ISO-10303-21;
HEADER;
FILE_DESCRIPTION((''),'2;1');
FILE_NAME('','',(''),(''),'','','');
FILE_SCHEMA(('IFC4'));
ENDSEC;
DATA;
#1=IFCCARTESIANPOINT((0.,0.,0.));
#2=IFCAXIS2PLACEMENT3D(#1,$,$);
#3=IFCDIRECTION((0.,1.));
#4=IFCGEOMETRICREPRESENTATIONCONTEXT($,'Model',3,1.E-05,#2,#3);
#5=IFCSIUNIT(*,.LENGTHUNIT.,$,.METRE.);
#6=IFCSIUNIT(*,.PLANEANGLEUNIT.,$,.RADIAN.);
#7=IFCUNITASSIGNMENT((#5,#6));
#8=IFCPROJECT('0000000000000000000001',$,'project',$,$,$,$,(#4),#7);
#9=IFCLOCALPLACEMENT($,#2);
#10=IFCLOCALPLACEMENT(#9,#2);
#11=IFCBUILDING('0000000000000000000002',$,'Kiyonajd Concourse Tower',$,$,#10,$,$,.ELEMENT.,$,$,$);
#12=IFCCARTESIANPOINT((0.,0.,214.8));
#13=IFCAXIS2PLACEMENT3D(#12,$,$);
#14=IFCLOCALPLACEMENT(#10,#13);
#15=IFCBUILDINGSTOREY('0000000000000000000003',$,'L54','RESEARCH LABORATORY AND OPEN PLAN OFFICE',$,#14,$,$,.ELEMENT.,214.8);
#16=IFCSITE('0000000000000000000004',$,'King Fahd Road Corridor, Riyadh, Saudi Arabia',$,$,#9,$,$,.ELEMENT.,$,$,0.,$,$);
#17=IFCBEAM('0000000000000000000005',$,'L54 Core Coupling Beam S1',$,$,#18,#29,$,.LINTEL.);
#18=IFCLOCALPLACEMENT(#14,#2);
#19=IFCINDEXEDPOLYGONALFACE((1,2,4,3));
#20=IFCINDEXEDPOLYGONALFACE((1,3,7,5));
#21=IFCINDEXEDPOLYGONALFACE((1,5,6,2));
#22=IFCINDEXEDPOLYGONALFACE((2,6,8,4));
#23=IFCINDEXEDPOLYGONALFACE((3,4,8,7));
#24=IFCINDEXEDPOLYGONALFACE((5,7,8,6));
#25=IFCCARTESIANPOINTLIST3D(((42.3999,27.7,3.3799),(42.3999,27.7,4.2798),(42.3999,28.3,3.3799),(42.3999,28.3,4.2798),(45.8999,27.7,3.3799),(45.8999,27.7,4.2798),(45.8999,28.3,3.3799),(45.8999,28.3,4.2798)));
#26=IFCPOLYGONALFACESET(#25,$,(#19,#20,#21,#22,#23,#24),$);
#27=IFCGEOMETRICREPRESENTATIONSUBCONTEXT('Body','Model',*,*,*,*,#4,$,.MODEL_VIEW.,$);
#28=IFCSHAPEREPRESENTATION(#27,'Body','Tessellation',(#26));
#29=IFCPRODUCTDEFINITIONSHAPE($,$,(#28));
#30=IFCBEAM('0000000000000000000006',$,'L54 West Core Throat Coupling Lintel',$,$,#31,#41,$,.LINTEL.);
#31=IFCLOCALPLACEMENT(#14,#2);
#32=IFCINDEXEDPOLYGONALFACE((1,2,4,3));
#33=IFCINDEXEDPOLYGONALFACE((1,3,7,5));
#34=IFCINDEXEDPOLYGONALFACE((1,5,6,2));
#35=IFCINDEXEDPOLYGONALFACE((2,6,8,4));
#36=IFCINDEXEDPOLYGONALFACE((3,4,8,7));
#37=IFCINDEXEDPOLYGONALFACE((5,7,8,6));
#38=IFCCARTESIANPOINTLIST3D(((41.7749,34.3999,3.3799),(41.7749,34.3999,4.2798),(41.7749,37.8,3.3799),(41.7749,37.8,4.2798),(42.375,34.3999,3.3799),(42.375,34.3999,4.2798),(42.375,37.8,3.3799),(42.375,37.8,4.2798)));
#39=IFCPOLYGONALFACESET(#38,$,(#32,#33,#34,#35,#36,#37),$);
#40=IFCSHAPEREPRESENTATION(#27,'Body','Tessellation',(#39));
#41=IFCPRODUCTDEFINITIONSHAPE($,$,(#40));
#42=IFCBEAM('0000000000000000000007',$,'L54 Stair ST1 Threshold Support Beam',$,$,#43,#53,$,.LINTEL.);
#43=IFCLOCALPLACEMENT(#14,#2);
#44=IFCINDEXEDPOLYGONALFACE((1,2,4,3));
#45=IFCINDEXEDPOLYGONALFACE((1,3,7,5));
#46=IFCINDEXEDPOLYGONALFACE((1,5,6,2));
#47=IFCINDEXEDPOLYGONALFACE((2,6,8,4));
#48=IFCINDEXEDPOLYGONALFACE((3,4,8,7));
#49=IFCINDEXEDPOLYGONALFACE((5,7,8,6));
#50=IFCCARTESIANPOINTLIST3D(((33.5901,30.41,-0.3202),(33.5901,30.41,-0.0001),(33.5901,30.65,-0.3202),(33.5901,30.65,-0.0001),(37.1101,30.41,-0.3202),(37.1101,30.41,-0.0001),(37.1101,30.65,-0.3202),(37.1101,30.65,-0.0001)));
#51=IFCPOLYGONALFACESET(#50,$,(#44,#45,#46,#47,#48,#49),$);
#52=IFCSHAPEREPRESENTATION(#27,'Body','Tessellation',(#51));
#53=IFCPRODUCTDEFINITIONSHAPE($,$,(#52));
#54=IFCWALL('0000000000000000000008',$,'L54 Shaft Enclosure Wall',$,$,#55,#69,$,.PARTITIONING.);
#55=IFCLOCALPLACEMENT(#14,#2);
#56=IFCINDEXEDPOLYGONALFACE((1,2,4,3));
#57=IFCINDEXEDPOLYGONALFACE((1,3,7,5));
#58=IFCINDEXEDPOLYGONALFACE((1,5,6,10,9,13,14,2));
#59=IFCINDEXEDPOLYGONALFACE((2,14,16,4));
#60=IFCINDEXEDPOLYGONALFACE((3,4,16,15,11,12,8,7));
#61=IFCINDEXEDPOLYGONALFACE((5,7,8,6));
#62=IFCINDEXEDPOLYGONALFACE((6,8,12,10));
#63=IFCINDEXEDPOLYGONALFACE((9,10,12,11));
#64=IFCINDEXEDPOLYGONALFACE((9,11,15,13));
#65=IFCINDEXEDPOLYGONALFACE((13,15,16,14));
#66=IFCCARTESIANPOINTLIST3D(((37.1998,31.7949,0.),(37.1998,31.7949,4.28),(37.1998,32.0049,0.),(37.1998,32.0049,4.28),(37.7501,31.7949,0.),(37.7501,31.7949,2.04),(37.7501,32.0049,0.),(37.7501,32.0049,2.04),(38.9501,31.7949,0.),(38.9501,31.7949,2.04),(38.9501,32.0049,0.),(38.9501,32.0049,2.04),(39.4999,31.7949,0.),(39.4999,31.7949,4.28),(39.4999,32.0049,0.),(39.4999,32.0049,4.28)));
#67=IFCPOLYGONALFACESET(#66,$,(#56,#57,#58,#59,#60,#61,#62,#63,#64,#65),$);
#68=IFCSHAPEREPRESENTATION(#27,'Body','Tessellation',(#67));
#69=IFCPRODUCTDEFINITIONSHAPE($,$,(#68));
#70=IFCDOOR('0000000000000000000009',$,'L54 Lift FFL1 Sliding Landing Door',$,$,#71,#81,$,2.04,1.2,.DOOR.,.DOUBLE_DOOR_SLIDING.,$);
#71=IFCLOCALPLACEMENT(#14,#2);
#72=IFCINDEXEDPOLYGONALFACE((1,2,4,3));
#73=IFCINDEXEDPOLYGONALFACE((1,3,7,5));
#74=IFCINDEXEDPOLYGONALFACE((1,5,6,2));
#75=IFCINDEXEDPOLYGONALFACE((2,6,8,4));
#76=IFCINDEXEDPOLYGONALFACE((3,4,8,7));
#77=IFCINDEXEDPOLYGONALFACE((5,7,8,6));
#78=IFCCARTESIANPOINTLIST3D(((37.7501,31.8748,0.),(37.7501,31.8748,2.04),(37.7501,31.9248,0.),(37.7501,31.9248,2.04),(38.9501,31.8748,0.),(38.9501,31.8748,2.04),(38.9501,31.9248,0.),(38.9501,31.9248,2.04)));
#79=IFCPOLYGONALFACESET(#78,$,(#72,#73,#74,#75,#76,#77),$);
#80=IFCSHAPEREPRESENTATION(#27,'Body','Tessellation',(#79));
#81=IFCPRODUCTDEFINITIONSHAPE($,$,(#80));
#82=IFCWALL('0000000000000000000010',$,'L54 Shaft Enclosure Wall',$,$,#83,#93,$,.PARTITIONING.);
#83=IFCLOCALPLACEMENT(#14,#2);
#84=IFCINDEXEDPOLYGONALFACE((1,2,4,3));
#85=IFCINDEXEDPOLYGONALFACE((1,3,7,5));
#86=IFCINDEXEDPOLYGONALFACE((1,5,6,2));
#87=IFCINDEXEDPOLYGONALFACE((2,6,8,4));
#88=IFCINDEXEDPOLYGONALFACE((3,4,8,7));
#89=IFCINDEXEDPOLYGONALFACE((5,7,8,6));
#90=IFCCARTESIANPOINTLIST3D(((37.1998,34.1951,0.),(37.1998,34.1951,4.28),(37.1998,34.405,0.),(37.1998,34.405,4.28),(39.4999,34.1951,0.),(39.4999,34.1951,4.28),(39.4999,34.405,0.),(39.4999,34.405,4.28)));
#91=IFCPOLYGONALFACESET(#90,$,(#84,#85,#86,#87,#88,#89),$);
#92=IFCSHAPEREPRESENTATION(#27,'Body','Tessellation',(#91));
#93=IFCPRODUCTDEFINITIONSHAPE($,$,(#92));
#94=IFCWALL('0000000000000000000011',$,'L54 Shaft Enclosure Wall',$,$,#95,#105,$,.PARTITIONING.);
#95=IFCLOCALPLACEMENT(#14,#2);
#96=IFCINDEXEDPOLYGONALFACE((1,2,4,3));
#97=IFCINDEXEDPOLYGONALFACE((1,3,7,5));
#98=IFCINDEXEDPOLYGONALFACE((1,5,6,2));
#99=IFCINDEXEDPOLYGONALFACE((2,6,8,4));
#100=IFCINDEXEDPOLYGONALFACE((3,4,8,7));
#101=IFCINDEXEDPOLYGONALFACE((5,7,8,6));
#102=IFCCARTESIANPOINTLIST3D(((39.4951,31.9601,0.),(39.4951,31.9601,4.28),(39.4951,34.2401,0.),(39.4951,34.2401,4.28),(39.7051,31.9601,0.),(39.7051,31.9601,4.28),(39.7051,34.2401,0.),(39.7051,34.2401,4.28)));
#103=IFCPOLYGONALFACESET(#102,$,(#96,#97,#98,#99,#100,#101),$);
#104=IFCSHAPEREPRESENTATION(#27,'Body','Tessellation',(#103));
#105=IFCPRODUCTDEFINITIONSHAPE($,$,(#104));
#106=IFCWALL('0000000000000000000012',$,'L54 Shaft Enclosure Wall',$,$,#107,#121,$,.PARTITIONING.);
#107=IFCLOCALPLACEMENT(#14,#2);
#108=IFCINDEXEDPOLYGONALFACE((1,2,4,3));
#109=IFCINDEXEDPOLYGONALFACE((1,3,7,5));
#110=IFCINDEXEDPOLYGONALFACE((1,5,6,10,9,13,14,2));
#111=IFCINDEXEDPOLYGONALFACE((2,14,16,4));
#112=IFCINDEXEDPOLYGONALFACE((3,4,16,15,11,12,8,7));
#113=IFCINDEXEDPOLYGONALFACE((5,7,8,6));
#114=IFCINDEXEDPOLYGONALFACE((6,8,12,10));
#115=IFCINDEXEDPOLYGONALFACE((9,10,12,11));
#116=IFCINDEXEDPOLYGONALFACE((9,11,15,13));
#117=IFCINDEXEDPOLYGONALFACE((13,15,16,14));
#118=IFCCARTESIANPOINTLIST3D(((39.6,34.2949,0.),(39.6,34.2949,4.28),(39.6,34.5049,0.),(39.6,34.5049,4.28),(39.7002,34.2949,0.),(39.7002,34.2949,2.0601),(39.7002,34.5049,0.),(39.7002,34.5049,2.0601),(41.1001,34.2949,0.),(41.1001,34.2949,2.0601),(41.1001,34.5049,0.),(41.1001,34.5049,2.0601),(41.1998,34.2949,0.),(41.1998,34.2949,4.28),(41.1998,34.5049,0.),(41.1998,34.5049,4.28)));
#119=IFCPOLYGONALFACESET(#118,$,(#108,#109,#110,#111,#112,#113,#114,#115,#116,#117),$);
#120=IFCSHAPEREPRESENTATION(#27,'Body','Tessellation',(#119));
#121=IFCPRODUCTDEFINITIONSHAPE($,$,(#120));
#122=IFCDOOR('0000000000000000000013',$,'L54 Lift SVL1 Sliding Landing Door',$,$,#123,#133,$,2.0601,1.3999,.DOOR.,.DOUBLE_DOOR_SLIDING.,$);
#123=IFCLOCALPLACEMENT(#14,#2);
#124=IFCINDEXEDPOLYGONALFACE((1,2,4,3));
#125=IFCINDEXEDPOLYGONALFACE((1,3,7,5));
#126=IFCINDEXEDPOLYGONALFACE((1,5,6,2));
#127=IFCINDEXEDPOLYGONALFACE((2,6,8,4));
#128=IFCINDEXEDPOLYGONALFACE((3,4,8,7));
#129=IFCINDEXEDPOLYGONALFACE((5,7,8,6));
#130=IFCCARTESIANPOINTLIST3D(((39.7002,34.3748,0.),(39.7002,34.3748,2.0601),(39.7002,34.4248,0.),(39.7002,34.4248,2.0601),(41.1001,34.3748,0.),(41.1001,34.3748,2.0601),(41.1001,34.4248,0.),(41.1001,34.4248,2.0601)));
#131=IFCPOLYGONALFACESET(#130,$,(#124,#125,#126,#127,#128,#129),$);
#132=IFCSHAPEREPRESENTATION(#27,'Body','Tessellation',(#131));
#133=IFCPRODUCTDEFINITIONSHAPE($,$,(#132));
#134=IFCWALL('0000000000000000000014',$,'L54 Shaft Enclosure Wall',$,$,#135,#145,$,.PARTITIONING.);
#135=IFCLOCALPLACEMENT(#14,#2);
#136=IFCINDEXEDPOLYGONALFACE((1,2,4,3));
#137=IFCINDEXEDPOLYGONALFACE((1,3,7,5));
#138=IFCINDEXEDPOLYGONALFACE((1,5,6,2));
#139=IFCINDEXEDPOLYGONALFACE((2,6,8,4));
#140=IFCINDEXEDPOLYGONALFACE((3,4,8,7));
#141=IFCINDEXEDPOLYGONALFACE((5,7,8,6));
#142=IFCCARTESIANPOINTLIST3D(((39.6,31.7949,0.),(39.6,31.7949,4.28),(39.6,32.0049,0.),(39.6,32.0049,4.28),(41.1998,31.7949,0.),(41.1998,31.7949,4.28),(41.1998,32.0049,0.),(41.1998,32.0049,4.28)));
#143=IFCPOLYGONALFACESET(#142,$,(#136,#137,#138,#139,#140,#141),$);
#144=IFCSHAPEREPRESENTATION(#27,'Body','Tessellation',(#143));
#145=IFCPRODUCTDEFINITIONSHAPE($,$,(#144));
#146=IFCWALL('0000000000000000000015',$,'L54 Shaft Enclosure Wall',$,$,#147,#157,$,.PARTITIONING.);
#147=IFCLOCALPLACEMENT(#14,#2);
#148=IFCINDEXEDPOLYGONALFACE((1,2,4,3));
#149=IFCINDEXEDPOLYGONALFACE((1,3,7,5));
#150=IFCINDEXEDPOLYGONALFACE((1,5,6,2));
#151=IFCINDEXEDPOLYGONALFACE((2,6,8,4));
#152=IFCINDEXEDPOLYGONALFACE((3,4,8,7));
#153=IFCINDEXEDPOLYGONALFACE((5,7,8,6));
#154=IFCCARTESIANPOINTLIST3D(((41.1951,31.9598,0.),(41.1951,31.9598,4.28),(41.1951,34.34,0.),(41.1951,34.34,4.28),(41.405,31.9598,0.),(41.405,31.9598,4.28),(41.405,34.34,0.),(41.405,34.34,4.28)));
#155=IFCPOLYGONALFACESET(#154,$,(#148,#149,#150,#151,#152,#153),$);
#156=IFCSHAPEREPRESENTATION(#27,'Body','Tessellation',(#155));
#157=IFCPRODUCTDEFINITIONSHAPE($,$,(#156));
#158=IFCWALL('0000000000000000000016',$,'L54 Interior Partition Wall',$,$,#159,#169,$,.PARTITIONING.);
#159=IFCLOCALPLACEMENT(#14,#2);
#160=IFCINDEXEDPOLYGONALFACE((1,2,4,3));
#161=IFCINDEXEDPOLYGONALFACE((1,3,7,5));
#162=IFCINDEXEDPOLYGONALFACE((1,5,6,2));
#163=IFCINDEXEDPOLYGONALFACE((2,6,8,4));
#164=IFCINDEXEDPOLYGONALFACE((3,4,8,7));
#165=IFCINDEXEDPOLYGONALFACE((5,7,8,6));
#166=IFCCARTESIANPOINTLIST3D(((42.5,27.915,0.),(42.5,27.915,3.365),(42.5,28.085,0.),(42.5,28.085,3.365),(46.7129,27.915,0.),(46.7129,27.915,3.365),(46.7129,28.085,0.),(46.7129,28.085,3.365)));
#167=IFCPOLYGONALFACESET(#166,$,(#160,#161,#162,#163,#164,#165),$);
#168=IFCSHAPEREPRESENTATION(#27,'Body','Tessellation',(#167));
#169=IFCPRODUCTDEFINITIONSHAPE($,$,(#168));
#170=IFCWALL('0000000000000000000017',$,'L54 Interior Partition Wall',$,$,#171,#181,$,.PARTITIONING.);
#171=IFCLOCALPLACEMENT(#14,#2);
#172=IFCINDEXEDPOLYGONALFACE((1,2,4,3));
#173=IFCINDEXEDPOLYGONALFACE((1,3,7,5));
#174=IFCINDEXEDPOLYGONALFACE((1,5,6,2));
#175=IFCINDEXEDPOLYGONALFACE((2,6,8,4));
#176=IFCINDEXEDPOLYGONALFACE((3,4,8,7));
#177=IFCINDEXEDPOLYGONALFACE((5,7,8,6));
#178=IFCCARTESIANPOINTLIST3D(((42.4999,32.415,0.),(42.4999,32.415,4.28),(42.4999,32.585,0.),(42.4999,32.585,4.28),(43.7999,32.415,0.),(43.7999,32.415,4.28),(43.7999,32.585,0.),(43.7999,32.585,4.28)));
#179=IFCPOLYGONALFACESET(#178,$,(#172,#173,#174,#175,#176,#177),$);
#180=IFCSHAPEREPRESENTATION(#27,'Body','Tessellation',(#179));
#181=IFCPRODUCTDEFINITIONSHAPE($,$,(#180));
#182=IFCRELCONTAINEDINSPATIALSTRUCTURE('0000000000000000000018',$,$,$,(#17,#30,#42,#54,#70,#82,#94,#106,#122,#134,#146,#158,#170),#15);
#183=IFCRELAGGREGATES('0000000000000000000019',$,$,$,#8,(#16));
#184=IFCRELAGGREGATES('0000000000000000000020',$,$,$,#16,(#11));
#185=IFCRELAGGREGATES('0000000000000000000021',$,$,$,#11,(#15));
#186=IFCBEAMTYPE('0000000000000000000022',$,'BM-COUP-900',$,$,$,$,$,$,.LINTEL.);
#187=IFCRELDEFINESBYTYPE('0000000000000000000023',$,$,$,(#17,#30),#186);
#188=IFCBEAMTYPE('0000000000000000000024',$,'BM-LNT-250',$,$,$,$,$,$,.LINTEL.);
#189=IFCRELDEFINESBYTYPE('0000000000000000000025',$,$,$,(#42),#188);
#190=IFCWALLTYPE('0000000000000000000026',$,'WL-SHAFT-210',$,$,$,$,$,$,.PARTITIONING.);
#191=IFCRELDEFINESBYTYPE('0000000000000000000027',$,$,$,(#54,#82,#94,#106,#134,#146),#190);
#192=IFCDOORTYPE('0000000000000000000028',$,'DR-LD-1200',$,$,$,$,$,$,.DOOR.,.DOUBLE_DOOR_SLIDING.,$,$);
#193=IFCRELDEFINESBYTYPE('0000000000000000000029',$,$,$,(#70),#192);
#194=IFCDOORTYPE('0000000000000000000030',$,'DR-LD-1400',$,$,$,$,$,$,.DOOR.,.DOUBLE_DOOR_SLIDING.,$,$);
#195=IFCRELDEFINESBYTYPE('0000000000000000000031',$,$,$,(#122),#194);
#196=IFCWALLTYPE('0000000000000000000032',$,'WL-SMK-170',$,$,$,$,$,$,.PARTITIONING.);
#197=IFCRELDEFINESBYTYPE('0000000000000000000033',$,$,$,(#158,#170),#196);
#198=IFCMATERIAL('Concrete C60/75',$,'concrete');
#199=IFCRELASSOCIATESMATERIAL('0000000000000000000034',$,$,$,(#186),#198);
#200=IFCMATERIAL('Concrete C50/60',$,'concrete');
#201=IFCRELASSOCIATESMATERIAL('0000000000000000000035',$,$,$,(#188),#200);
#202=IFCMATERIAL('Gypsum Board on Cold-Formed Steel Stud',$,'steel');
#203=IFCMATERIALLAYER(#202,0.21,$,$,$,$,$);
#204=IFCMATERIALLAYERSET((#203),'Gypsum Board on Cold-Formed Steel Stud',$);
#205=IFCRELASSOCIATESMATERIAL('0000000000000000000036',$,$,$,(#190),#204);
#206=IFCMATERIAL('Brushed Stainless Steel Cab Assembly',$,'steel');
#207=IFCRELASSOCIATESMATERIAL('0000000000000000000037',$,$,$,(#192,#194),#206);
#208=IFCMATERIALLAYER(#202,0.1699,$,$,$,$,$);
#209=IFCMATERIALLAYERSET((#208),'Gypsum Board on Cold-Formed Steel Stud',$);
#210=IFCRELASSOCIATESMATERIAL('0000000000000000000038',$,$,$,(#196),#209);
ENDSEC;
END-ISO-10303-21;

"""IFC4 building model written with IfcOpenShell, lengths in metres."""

from ifc_helpers import new_model, si_unit, direction, frame, frame_2d, origin, origin_2d, place, context, subcontext, project, spatial, rectangle, extrude, material, layer, layer_set, material_profile, profile_set, type_object, element, fill, save


model = new_model("IFC4")

# Units and contexts
model_context = context("Model", 3, precision=1e-05, world=origin(), true_north=direction((0.0, 1.0)))
body_context = subcontext(model_context, "Body", "Model", "MODEL_VIEW")
ifc_project = project(units=[si_unit("LENGTHUNIT", "METRE"), si_unit("PLANEANGLEUNIT", "RADIAN")], contexts=[model_context])

# Site, building, storey
site_placement = place(None, origin())
site = spatial("IfcSite", under=ifc_project, at=site_placement, Name="King Fahd Road Corridor, Riyadh, Saudi Arabia", CompositionType="ELEMENT", RefElevation=0.0)
building_placement = place(site_placement, origin())
building = spatial("IfcBuilding", under=site, at=building_placement, Name="Kiyonajd Concourse Tower", CompositionType="ELEMENT")
storey_placement = place(building_placement, frame((0.0, 0.0, 214.8)))
storey = spatial("IfcBuildingStorey", under=building, at=storey_placement, Name="L54", Description="RESEARCH LABORATORY AND OPEN PLAN OFFICE", CompositionType="ELEMENT", Elevation=214.8)

# Beams
ifc_material_1 = material(Name="Concrete C60/75", Category="concrete")
ifc_material_profile_1 = material_profile(ifc_material_1, rectangle(XDim=0.6001, YDim=0.8999, at=origin_2d()), Name="RCBM-600x900")
ifc_profile_set_1 = profile_set([ifc_material_profile_1], Name="Concrete C60/75")
beam_type_1 = type_object("IfcBeamType", Name="BM-COUP-900", PredefinedType="LINTEL", material=ifc_profile_set_1)
beam_1_placement = place(storey_placement, frame((42.3999, 28.0, 3.8298), z_axis=(1.0, 0.0, 0.0), x_axis=(0.0, 1.0, 0.0)))
element("IfcBeam", 1, at=beam_1_placement, inside=storey, type_object=beam_type_1, Name="L54 Core Coupling Beam S1", PredefinedType="LINTEL", context=body_context, shape_type="SweptSolid", body=[
    extrude(rectangle(XDim=0.6001, YDim=0.8999, at=origin_2d()), origin(), (0.0, 0.0, 1.0), 3.5),
])
beam_2_placement = place(storey_placement, frame((42.075, 34.3999, 3.8298), z_axis=(0.0, 1.0, 0.0), x_axis=(-1.0, 0.0, 0.0)))
element("IfcBeam", 2, at=beam_2_placement, inside=storey, type_object=beam_type_1, Name="L54 West Core Throat Coupling Lintel", PredefinedType="LINTEL", context=body_context, shape_type="SweptSolid", body=[
    extrude(rectangle(XDim=0.6001, YDim=0.8999, at=origin_2d()), origin(), (0.0, 0.0, 1.0), 3.4001),
])
ifc_material_2 = material(Name="Concrete C50/60", Category="concrete")
ifc_material_profile_2 = material_profile(ifc_material_2, rectangle(XDim=0.24, YDim=0.3201, at=origin_2d()), Name="RCBM-240x320")
ifc_profile_set_2 = profile_set([ifc_material_profile_2], Name="Concrete C50/60")
beam_type_2 = type_object("IfcBeamType", Name="BM-LNT-250", PredefinedType="LINTEL", material=ifc_profile_set_2)
beam_3_placement = place(storey_placement, frame((33.5901, 30.53, -0.1602), z_axis=(1.0, 0.0, 0.0), x_axis=(0.0, 1.0, 0.0)))
element("IfcBeam", 3, at=beam_3_placement, inside=storey, type_object=beam_type_2, Name="L54 Stair ST1 Threshold Support Beam", PredefinedType="LINTEL", context=body_context, shape_type="SweptSolid", body=[
    extrude(rectangle(XDim=0.24, YDim=0.3201, at=origin_2d()), origin(), (0.0, 0.0, 1.0), 3.52),
])

# Wall, opening, door
ifc_material_3 = material(Name="Gypsum Board on Cold-Formed Steel Stud", Category="steel")
ifc_layer_1 = layer(ifc_material_3, 0.21)
ifc_layer_set_1 = layer_set([ifc_layer_1], Name="Gypsum Board on Cold-Formed Steel Stud")
wall_type_1 = type_object("IfcWallType", Name="WL-SHAFT-210", PredefinedType="PARTITIONING", material=ifc_layer_set_1)
wall_1_placement = place(storey_placement, frame((37.2, 31.8999, 0.0), z_axis=(0.0, 0.0, 1.0), x_axis=(1.0, 0.0, 0.0)))
wall_1 = element("IfcWall", 4, at=wall_1_placement, inside=storey, type_object=wall_type_1, Name="L54 Shaft Enclosure Wall", PredefinedType="PARTITIONING", context=body_context, shape_type="SweptSolid", body=[
    extrude(rectangle(XDim=2.3, YDim=0.21, at=frame_2d((1.1499, 0.0))), origin(), (0.0, 0.0, 1.0), 4.28),
])
opening_1_placement = place(wall_1_placement, frame((0.55, 0.0, 0.0)))
opening_1 = element("IfcOpeningElement", 5, at=opening_1_placement, cuts=wall_1, PredefinedType="OPENING", context=body_context, shape_type="SweptSolid", body=[
    extrude(rectangle(XDim=1.2, YDim=2.04, at=frame_2d((0.6001, 1.02))), frame((0.0, 0.115, 0.0), z_axis=(0.0, -1.0, 0.0), x_axis=(1.0, 0.0, 0.0)), (0.0, 0.0, 1.0), 0.23),
])
ifc_material_4 = material(Name="Brushed Stainless Steel Cab Assembly", Category="steel")
door_type_1 = type_object("IfcDoorType", Name="DR-LD-1200", OperationType="DOUBLE_DOOR_SLIDING", PredefinedType="DOOR", material=ifc_material_4)
door_1_placement = place(opening_1_placement, origin())
door_1 = element("IfcDoor", 6, at=door_1_placement, inside=storey, type_object=door_type_1, Name="L54 Lift FFL1 Sliding Landing Door", OperationType="DOUBLE_DOOR_SLIDING", OverallHeight=2.04, OverallWidth=1.2, PredefinedType="DOOR", context=body_context, shape_type="SweptSolid", body=[
    extrude(rectangle(XDim=1.2, YDim=2.04, at=frame_2d((0.6001, 1.02))), frame((0.0, 0.0249, 0.0), z_axis=(0.0, -1.0, 0.0), x_axis=(1.0, 0.0, 0.0)), (0.0, 0.0, 1.0), 0.05),
])
fill(opening_1, door_1)

# Walls
wall_2_placement = place(storey_placement, frame((37.2, 34.3, 0.0), z_axis=(0.0, 0.0, 1.0), x_axis=(1.0, 0.0, 0.0)))
element("IfcWall", 7, at=wall_2_placement, inside=storey, type_object=wall_type_1, Name="L54 Shaft Enclosure Wall", PredefinedType="PARTITIONING", context=body_context, shape_type="SweptSolid", body=[
    extrude(rectangle(XDim=2.3, YDim=0.21, at=frame_2d((1.1499, 0.0))), origin(), (0.0, 0.0, 1.0), 4.28),
])
wall_3_placement = place(storey_placement, frame((39.6001, 31.96, 0.0), z_axis=(0.0, 0.0, 1.0), x_axis=(0.0, 1.0, 0.0)))
element("IfcWall", 8, at=wall_3_placement, inside=storey, type_object=wall_type_1, Name="L54 Shaft Enclosure Wall", PredefinedType="PARTITIONING", context=body_context, shape_type="SweptSolid", body=[
    extrude(rectangle(XDim=2.28, YDim=0.21, at=frame_2d((1.1401, 0.0))), origin(), (0.0, 0.0, 1.0), 4.28),
])

# Wall, opening, door
wall_4_placement = place(storey_placement, frame((39.6001, 34.3999, 0.0), z_axis=(0.0, 0.0, 1.0), x_axis=(1.0, 0.0, 0.0)))
wall_4 = element("IfcWall", 9, at=wall_4_placement, inside=storey, type_object=wall_type_1, Name="L54 Shaft Enclosure Wall", PredefinedType="PARTITIONING", context=body_context, shape_type="SweptSolid", body=[
    extrude(rectangle(XDim=1.5999, YDim=0.21, at=frame_2d((0.7998, 0.0))), origin(), (0.0, 0.0, 1.0), 4.28),
])
opening_2_placement = place(wall_4_placement, frame((0.1001, 0.0, 0.0)))
opening_2 = element("IfcOpeningElement", 10, at=opening_2_placement, cuts=wall_4, PredefinedType="OPENING", context=body_context, shape_type="SweptSolid", body=[
    extrude(rectangle(XDim=1.3999, YDim=2.0601, at=frame_2d((0.7, 1.03))), frame((0.0, 0.115, 0.0), z_axis=(0.0, -1.0, 0.0), x_axis=(1.0, 0.0, 0.0)), (0.0, 0.0, 1.0), 0.23),
])
door_type_2 = type_object("IfcDoorType", Name="DR-LD-1400", OperationType="DOUBLE_DOOR_SLIDING", PredefinedType="DOOR", material=ifc_material_4)
door_2_placement = place(opening_2_placement, origin())
door_2 = element("IfcDoor", 11, at=door_2_placement, inside=storey, type_object=door_type_2, Name="L54 Lift SVL1 Sliding Landing Door", OperationType="DOUBLE_DOOR_SLIDING", OverallHeight=2.0601, OverallWidth=1.3999, PredefinedType="DOOR", context=body_context, shape_type="SweptSolid", body=[
    extrude(rectangle(XDim=1.3999, YDim=2.0601, at=frame_2d((0.7, 1.03))), frame((0.0, 0.0249, 0.0), z_axis=(0.0, -1.0, 0.0), x_axis=(1.0, 0.0, 0.0)), (0.0, 0.0, 1.0), 0.05),
])
fill(opening_2, door_2)

# Walls
wall_5_placement = place(storey_placement, frame((39.6001, 31.8999, 0.0), z_axis=(0.0, 0.0, 1.0), x_axis=(1.0, 0.0, 0.0)))
element("IfcWall", 12, at=wall_5_placement, inside=storey, type_object=wall_type_1, Name="L54 Shaft Enclosure Wall", PredefinedType="PARTITIONING", context=body_context, shape_type="SweptSolid", body=[
    extrude(rectangle(XDim=1.5999, YDim=0.21, at=frame_2d((0.7998, 0.0))), origin(), (0.0, 0.0, 1.0), 4.28),
])
wall_6_placement = place(storey_placement, frame((41.3, 31.96, 0.0), z_axis=(0.0, 0.0, 1.0), x_axis=(0.0, 1.0, 0.0)))
element("IfcWall", 13, at=wall_6_placement, inside=storey, type_object=wall_type_1, Name="L54 Shaft Enclosure Wall", PredefinedType="PARTITIONING", context=body_context, shape_type="SweptSolid", body=[
    extrude(rectangle(XDim=2.3801, YDim=0.21, at=frame_2d((1.1899, 0.0))), origin(), (0.0, 0.0, 1.0), 4.28),
])
ifc_layer_2 = layer(ifc_material_3, 0.1699)
ifc_layer_set_2 = layer_set([ifc_layer_2], Name="Gypsum Board on Cold-Formed Steel Stud")
wall_type_2 = type_object("IfcWallType", Name="WL-SMK-170", PredefinedType="PARTITIONING", material=ifc_layer_set_2)
wall_7_placement = place(storey_placement, frame((42.5, 28.0, 0.0), z_axis=(0.0, 0.0, 1.0), x_axis=(1.0, 0.0, 0.0)))
element("IfcWall", 14, at=wall_7_placement, inside=storey, type_object=wall_type_2, Name="L54 Interior Partition Wall", PredefinedType="PARTITIONING", context=body_context, shape_type="SweptSolid", body=[
    extrude(rectangle(XDim=4.2129, YDim=0.1699, at=frame_2d((2.1064, 0.0))), origin(), (0.0, 0.0, 1.0), 3.365),
])
wall_8_placement = place(storey_placement, frame((42.5, 32.5, 0.0), z_axis=(0.0, 0.0, 1.0), x_axis=(1.0, 0.0, 0.0)))
element("IfcWall", 15, at=wall_8_placement, inside=storey, type_object=wall_type_2, Name="L54 Interior Partition Wall", PredefinedType="PARTITIONING", context=body_context, shape_type="SweptSolid", body=[
    extrude(rectangle(XDim=1.3, YDim=0.1699, at=frame_2d((0.6499, 0.0))), origin(), (0.0, 0.0, 1.0), 4.28),
])

save(model, "model.ifc")
